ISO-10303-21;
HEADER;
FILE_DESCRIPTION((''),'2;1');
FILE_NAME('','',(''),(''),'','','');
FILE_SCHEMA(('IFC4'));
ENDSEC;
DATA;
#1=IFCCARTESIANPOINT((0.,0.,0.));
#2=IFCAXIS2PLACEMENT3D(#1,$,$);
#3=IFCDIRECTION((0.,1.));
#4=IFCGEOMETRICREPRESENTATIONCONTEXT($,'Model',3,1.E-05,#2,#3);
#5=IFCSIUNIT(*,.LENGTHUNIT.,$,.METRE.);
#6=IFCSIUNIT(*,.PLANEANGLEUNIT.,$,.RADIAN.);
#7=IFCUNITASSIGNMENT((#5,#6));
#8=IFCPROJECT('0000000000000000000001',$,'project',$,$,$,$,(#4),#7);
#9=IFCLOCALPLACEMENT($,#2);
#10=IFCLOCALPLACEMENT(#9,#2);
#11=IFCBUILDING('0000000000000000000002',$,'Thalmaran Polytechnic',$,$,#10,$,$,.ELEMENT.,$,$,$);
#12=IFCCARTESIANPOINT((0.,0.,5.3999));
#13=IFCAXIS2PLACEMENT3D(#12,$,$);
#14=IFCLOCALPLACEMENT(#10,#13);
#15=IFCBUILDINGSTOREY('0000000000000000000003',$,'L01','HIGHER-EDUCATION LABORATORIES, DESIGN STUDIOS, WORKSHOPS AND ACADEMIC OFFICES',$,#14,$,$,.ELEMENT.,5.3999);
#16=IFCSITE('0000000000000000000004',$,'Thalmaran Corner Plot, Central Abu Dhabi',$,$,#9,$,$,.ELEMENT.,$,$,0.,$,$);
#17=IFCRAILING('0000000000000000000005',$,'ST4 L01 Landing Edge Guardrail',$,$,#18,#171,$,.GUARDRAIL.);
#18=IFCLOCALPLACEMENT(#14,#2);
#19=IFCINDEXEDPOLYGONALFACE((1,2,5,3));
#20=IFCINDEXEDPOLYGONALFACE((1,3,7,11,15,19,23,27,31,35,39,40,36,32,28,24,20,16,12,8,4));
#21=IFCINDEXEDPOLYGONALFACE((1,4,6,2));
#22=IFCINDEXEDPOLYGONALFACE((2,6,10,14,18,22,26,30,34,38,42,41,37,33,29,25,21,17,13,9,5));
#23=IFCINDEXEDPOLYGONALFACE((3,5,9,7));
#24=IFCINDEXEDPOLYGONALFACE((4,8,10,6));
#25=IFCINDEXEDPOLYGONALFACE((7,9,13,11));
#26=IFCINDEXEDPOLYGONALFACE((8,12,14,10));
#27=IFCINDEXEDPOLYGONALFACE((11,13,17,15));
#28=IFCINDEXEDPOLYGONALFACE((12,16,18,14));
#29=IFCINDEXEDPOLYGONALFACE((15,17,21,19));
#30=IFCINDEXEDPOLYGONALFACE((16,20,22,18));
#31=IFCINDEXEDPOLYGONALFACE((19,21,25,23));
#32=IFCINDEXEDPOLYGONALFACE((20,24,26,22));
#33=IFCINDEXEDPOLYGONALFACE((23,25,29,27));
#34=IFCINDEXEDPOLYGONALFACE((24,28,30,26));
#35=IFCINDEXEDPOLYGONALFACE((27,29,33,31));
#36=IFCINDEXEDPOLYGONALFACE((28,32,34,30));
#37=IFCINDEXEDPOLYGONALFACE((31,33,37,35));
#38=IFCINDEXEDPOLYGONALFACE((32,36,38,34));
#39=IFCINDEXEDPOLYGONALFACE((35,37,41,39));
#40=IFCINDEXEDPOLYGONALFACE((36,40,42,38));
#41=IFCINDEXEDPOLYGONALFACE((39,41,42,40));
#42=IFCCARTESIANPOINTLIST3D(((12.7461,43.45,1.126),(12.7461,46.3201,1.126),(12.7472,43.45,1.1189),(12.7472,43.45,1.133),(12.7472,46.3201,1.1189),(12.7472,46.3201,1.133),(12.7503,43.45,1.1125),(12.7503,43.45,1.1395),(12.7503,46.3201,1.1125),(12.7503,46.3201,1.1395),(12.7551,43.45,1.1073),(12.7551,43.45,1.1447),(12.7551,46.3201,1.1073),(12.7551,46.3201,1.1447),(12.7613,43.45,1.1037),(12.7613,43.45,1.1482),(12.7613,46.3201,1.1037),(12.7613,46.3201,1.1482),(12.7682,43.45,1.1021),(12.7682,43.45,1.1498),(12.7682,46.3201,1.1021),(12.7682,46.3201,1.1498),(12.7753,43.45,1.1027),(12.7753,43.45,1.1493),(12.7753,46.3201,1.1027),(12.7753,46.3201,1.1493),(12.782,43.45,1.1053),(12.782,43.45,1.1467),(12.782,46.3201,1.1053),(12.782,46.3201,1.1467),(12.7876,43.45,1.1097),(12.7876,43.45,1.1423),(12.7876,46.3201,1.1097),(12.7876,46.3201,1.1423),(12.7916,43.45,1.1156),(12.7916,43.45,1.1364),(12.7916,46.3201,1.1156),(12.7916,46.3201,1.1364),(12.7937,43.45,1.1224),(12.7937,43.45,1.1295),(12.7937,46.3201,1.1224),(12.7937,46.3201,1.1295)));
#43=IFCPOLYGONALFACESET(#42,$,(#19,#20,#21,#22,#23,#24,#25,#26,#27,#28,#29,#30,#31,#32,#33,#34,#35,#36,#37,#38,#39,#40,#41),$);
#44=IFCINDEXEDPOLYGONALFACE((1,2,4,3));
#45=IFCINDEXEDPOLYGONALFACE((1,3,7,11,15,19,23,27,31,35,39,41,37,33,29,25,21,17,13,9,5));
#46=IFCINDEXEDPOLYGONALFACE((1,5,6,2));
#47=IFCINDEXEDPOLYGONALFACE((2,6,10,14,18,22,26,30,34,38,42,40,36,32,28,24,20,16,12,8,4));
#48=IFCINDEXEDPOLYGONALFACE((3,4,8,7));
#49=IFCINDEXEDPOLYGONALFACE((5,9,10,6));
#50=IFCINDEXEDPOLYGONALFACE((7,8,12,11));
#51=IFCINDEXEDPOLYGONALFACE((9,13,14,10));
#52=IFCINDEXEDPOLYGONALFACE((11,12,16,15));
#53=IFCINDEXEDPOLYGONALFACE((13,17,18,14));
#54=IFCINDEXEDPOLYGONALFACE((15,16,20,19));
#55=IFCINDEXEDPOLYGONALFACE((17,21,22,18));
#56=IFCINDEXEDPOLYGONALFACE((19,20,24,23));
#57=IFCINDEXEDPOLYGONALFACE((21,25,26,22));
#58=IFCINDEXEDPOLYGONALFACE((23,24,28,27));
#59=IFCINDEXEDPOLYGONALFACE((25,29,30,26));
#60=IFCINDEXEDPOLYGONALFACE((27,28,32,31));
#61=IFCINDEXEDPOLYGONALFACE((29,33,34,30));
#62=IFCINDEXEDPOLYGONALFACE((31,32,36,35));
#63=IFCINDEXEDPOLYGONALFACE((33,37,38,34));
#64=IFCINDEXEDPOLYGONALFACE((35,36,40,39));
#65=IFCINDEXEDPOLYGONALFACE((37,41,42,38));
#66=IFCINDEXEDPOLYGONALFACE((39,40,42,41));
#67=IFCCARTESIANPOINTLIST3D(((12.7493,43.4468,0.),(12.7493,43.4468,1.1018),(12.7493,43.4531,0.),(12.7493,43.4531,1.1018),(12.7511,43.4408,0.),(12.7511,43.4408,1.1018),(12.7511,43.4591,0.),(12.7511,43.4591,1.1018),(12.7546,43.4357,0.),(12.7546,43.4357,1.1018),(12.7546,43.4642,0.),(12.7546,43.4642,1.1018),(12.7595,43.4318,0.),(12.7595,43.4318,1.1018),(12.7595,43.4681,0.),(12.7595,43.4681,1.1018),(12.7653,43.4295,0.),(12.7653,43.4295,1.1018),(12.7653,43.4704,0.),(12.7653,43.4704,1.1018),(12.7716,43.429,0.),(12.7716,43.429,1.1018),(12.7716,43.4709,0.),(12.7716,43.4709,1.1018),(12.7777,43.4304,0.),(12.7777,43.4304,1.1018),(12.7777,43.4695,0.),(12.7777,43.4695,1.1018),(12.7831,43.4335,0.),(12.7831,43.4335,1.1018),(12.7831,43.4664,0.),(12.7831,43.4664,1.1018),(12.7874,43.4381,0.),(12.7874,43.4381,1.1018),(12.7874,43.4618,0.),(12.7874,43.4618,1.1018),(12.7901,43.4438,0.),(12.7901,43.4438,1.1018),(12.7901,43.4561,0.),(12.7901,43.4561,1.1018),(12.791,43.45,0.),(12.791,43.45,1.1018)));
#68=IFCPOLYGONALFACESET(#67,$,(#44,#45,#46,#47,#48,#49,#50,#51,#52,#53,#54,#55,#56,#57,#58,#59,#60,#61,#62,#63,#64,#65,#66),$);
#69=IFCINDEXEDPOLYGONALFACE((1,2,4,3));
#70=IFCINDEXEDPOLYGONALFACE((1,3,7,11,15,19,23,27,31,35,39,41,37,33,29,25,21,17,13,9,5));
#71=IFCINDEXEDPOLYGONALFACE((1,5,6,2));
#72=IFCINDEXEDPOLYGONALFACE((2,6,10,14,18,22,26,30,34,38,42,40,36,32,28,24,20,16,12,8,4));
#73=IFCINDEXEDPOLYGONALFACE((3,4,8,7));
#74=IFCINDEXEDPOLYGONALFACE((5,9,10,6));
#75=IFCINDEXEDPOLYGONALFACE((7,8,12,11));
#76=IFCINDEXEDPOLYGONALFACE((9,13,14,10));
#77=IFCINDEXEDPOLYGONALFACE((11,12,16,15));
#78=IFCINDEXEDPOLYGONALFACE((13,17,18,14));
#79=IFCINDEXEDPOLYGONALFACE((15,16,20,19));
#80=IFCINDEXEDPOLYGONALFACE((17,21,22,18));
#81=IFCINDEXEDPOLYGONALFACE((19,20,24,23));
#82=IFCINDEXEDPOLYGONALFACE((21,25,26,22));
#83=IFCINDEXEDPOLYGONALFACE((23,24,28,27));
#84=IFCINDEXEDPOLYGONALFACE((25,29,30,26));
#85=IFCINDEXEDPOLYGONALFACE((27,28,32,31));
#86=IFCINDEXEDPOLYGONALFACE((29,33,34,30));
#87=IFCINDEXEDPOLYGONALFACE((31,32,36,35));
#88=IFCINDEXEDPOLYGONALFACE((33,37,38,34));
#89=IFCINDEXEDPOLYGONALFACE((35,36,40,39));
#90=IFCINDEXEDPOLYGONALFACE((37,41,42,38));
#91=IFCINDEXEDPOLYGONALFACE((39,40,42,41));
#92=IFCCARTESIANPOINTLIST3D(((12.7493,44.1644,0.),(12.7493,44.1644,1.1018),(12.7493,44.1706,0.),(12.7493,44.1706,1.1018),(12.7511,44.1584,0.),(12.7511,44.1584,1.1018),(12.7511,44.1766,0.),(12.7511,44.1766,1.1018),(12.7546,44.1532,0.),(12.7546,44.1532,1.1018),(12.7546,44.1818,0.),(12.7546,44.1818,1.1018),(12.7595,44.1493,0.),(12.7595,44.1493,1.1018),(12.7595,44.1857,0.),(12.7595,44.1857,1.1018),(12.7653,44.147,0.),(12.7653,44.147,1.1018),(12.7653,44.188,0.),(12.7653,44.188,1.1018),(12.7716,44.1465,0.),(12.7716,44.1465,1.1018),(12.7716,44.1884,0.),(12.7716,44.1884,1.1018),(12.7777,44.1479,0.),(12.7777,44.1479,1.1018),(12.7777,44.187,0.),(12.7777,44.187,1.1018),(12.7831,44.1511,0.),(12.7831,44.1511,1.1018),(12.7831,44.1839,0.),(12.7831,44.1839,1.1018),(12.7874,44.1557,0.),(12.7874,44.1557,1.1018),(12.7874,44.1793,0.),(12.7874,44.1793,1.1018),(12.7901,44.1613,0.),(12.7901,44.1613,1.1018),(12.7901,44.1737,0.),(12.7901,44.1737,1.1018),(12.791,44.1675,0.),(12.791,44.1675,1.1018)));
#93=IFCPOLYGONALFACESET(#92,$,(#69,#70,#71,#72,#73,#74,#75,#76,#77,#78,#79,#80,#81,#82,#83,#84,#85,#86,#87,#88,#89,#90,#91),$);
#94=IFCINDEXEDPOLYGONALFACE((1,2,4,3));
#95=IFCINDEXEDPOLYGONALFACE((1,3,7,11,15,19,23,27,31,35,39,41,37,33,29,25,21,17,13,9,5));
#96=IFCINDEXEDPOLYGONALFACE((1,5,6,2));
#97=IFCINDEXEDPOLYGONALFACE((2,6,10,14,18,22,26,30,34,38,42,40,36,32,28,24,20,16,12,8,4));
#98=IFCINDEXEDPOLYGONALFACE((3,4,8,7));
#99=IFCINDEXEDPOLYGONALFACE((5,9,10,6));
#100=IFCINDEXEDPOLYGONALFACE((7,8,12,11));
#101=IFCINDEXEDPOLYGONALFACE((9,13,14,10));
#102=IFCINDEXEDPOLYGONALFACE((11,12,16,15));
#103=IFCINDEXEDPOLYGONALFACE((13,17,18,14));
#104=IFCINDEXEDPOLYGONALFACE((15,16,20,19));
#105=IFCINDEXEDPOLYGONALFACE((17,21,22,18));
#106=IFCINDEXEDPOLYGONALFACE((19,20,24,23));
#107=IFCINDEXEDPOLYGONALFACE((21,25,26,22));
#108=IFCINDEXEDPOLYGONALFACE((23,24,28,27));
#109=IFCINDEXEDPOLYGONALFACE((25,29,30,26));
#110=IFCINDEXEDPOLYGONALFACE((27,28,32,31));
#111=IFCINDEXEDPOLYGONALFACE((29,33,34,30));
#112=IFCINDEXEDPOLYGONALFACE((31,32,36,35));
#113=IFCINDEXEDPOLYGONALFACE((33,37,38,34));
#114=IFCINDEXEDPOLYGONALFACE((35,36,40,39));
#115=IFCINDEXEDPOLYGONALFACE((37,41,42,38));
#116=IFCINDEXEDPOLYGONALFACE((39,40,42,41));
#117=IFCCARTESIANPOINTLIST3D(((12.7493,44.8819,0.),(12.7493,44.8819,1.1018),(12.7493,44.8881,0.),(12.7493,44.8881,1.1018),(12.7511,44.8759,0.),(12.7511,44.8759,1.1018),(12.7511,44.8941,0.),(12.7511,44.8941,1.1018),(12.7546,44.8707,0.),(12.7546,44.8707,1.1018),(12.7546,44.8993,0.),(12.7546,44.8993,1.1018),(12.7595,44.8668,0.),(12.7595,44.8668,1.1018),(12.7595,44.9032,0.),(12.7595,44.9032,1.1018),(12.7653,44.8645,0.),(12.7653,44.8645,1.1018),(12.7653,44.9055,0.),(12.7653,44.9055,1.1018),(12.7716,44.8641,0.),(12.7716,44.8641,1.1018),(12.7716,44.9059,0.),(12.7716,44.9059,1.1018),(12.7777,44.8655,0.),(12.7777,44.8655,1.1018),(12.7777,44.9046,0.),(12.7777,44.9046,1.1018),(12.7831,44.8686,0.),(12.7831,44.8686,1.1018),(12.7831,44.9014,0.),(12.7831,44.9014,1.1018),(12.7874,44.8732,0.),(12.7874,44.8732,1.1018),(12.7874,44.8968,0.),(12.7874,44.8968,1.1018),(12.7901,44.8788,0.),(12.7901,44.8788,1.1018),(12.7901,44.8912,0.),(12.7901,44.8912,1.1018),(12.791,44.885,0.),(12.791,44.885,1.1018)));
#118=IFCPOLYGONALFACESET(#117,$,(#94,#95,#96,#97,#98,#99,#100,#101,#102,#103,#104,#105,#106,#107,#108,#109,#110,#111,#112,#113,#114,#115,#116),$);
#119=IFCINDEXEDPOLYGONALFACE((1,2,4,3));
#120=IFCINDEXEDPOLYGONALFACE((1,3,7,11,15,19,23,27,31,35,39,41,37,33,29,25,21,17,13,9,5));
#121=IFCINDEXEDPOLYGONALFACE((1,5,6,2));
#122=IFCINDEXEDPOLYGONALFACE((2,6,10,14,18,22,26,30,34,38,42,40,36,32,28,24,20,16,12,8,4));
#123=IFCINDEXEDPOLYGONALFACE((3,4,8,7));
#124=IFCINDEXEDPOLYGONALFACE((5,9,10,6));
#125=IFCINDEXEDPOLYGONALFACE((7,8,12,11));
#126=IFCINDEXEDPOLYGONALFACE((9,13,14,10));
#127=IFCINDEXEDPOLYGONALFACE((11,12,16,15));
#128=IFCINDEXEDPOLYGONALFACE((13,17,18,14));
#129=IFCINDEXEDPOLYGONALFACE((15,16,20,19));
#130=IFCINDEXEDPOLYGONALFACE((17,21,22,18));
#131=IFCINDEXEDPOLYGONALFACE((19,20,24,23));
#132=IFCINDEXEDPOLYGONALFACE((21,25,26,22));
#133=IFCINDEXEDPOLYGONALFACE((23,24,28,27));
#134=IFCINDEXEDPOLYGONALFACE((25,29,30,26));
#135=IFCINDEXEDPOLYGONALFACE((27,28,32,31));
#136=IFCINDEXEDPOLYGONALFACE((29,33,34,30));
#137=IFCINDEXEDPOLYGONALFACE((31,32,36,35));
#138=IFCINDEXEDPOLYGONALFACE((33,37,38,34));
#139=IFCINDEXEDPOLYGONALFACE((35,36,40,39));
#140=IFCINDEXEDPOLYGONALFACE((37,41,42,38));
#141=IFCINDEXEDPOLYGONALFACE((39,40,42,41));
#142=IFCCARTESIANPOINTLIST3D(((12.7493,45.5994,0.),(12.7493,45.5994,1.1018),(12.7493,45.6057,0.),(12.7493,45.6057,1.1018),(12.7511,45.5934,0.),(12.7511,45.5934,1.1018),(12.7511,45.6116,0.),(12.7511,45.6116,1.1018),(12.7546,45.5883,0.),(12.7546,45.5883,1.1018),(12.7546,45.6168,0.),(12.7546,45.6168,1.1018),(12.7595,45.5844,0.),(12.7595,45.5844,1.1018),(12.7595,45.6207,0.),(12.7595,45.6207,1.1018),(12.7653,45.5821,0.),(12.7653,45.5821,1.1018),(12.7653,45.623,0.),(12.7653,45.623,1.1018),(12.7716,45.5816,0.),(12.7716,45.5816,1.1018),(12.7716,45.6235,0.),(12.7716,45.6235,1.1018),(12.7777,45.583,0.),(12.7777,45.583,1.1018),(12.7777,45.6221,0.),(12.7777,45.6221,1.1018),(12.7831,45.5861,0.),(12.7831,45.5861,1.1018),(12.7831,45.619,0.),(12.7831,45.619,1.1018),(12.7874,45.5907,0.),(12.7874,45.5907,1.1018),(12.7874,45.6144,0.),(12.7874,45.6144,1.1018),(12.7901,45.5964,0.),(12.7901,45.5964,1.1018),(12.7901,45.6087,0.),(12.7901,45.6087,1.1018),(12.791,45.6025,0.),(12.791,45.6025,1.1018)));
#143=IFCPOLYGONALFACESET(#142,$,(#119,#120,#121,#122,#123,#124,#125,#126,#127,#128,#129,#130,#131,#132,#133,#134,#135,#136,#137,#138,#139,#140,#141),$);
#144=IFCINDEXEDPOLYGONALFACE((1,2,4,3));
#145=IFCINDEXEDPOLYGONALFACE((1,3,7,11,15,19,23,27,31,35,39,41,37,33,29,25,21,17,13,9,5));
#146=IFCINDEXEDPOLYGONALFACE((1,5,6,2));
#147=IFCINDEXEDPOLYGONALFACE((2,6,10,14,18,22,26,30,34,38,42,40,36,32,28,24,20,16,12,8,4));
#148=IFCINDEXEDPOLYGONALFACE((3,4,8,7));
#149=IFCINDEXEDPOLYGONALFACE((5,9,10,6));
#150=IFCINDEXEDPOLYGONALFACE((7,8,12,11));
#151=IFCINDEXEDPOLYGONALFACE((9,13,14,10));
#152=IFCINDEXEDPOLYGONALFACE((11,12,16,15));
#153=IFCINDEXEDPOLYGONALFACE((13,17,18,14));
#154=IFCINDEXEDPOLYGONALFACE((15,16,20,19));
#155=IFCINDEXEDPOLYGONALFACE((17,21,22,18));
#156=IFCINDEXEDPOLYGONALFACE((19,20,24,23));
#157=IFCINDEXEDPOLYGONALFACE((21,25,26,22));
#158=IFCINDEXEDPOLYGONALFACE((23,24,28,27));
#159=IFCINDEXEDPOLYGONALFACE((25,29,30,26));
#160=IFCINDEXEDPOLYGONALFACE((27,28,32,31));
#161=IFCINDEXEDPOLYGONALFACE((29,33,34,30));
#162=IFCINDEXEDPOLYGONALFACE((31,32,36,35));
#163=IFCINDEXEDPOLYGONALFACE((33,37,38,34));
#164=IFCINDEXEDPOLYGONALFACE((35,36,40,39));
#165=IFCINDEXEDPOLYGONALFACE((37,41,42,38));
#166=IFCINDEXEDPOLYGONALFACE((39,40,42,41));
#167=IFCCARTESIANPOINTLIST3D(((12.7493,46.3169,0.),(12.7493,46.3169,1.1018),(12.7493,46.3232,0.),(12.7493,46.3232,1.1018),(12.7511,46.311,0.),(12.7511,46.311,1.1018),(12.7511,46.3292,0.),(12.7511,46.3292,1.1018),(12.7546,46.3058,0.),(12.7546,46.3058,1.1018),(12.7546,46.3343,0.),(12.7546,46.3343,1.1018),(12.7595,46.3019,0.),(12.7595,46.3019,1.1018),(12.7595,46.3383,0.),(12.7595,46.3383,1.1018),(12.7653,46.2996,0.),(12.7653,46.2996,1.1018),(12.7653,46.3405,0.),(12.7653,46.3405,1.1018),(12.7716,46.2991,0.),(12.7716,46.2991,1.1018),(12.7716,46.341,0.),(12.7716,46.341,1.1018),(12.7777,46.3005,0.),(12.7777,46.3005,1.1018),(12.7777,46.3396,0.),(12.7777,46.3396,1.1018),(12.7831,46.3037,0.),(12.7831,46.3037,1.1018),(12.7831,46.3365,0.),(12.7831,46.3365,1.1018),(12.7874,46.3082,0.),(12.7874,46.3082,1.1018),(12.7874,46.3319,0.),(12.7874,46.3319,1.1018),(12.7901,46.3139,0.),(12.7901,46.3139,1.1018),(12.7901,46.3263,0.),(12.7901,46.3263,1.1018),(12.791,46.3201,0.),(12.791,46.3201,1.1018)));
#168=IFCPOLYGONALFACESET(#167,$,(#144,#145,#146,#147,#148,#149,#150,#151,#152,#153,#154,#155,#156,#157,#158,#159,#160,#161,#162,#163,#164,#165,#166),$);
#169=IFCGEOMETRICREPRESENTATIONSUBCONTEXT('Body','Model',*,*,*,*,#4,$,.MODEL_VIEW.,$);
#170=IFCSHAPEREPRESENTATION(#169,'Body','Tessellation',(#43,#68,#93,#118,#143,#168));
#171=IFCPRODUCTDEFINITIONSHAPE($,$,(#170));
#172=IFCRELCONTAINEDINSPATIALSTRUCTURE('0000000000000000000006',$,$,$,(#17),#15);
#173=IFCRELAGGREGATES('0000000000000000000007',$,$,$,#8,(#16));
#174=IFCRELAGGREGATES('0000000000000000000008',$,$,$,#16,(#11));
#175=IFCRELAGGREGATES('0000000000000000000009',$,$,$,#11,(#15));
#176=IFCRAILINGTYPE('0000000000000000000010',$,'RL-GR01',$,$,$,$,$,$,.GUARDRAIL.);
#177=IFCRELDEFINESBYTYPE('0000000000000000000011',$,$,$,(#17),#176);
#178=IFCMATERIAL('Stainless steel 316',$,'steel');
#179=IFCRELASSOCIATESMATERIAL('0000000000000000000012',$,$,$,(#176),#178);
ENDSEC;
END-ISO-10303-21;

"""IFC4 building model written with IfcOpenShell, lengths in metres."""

from ifc_helpers import new_model, si_unit, direction, frame, origin, origin_2d, place, context, subcontext, project, spatial, circle, extrude, material, type_object, element, save


model = new_model("IFC4")

# Units and contexts
model_context = context("Model", 3, precision=1e-05, world=origin(), true_north=direction((0.0, 1.0)))
body_context = subcontext(model_context, "Body", "Model", "MODEL_VIEW")
ifc_project = project(units=[si_unit("LENGTHUNIT", "METRE"), si_unit("PLANEANGLEUNIT", "RADIAN")], contexts=[model_context])

# Site, building, storey
site_placement = place(None, origin())
site = spatial("IfcSite", under=ifc_project, at=site_placement, Name="Thalmaran Corner Plot, Central Abu Dhabi", CompositionType="ELEMENT", RefElevation=0.0)
building_placement = place(site_placement, origin())
building = spatial("IfcBuilding", under=site, at=building_placement, Name="Thalmaran Polytechnic", CompositionType="ELEMENT")
storey_placement = place(building_placement, frame((0.0, 0.0, 5.3999)))
storey = spatial("IfcBuildingStorey", under=building, at=storey_placement, Name="L01", Description="HIGHER-EDUCATION LABORATORIES, DESIGN STUDIOS, WORKSHOPS AND ACADEMIC OFFICES", CompositionType="ELEMENT", Elevation=5.3999)

# Railing
ifc_material_1 = material(Name="Stainless steel 316", Category="steel")
railing_type_1 = type_object("IfcRailingType", Name="RL-GR01", PredefinedType="GUARDRAIL", material=ifc_material_1)
railing_1_placement = place(storey_placement, frame((12.77, 43.45, 0.0)))
element("IfcRailing", 1, at=railing_1_placement, inside=storey, type_object=railing_type_1, Name="ST4 L01 Landing Edge Guardrail", PredefinedType="GUARDRAIL", context=body_context, shape_type="SweptSolid", body=[
    extrude(circle(Radius=0.0239, at=origin_2d()), frame((0.0, 0.0, 1.126), z_axis=(0.0, 1.0, 0.0), x_axis=(-1.0, 0.0, 0.0)), (0.0, 0.0, 1.0), 2.8701),
    extrude(circle(Radius=0.021, at=origin_2d()), origin(), (0.0, 0.0, 1.0), 1.1018),
    extrude(circle(Radius=0.021, at=origin_2d()), frame((0.0, 0.7175, 0.0)), (0.0, 0.0, 1.0), 1.1018),
    extrude(circle(Radius=0.021, at=origin_2d()), frame((0.0, 1.4351, 0.0)), (0.0, 0.0, 1.0), 1.1018),
    extrude(circle(Radius=0.021, at=origin_2d()), frame((0.0, 2.1526, 0.0)), (0.0, 0.0, 1.0), 1.1018),
    extrude(circle(Radius=0.021, at=origin_2d()), frame((0.0, 2.8701, 0.0)), (0.0, 0.0, 1.0), 1.1018),
])

save(model, "model.ifc")
